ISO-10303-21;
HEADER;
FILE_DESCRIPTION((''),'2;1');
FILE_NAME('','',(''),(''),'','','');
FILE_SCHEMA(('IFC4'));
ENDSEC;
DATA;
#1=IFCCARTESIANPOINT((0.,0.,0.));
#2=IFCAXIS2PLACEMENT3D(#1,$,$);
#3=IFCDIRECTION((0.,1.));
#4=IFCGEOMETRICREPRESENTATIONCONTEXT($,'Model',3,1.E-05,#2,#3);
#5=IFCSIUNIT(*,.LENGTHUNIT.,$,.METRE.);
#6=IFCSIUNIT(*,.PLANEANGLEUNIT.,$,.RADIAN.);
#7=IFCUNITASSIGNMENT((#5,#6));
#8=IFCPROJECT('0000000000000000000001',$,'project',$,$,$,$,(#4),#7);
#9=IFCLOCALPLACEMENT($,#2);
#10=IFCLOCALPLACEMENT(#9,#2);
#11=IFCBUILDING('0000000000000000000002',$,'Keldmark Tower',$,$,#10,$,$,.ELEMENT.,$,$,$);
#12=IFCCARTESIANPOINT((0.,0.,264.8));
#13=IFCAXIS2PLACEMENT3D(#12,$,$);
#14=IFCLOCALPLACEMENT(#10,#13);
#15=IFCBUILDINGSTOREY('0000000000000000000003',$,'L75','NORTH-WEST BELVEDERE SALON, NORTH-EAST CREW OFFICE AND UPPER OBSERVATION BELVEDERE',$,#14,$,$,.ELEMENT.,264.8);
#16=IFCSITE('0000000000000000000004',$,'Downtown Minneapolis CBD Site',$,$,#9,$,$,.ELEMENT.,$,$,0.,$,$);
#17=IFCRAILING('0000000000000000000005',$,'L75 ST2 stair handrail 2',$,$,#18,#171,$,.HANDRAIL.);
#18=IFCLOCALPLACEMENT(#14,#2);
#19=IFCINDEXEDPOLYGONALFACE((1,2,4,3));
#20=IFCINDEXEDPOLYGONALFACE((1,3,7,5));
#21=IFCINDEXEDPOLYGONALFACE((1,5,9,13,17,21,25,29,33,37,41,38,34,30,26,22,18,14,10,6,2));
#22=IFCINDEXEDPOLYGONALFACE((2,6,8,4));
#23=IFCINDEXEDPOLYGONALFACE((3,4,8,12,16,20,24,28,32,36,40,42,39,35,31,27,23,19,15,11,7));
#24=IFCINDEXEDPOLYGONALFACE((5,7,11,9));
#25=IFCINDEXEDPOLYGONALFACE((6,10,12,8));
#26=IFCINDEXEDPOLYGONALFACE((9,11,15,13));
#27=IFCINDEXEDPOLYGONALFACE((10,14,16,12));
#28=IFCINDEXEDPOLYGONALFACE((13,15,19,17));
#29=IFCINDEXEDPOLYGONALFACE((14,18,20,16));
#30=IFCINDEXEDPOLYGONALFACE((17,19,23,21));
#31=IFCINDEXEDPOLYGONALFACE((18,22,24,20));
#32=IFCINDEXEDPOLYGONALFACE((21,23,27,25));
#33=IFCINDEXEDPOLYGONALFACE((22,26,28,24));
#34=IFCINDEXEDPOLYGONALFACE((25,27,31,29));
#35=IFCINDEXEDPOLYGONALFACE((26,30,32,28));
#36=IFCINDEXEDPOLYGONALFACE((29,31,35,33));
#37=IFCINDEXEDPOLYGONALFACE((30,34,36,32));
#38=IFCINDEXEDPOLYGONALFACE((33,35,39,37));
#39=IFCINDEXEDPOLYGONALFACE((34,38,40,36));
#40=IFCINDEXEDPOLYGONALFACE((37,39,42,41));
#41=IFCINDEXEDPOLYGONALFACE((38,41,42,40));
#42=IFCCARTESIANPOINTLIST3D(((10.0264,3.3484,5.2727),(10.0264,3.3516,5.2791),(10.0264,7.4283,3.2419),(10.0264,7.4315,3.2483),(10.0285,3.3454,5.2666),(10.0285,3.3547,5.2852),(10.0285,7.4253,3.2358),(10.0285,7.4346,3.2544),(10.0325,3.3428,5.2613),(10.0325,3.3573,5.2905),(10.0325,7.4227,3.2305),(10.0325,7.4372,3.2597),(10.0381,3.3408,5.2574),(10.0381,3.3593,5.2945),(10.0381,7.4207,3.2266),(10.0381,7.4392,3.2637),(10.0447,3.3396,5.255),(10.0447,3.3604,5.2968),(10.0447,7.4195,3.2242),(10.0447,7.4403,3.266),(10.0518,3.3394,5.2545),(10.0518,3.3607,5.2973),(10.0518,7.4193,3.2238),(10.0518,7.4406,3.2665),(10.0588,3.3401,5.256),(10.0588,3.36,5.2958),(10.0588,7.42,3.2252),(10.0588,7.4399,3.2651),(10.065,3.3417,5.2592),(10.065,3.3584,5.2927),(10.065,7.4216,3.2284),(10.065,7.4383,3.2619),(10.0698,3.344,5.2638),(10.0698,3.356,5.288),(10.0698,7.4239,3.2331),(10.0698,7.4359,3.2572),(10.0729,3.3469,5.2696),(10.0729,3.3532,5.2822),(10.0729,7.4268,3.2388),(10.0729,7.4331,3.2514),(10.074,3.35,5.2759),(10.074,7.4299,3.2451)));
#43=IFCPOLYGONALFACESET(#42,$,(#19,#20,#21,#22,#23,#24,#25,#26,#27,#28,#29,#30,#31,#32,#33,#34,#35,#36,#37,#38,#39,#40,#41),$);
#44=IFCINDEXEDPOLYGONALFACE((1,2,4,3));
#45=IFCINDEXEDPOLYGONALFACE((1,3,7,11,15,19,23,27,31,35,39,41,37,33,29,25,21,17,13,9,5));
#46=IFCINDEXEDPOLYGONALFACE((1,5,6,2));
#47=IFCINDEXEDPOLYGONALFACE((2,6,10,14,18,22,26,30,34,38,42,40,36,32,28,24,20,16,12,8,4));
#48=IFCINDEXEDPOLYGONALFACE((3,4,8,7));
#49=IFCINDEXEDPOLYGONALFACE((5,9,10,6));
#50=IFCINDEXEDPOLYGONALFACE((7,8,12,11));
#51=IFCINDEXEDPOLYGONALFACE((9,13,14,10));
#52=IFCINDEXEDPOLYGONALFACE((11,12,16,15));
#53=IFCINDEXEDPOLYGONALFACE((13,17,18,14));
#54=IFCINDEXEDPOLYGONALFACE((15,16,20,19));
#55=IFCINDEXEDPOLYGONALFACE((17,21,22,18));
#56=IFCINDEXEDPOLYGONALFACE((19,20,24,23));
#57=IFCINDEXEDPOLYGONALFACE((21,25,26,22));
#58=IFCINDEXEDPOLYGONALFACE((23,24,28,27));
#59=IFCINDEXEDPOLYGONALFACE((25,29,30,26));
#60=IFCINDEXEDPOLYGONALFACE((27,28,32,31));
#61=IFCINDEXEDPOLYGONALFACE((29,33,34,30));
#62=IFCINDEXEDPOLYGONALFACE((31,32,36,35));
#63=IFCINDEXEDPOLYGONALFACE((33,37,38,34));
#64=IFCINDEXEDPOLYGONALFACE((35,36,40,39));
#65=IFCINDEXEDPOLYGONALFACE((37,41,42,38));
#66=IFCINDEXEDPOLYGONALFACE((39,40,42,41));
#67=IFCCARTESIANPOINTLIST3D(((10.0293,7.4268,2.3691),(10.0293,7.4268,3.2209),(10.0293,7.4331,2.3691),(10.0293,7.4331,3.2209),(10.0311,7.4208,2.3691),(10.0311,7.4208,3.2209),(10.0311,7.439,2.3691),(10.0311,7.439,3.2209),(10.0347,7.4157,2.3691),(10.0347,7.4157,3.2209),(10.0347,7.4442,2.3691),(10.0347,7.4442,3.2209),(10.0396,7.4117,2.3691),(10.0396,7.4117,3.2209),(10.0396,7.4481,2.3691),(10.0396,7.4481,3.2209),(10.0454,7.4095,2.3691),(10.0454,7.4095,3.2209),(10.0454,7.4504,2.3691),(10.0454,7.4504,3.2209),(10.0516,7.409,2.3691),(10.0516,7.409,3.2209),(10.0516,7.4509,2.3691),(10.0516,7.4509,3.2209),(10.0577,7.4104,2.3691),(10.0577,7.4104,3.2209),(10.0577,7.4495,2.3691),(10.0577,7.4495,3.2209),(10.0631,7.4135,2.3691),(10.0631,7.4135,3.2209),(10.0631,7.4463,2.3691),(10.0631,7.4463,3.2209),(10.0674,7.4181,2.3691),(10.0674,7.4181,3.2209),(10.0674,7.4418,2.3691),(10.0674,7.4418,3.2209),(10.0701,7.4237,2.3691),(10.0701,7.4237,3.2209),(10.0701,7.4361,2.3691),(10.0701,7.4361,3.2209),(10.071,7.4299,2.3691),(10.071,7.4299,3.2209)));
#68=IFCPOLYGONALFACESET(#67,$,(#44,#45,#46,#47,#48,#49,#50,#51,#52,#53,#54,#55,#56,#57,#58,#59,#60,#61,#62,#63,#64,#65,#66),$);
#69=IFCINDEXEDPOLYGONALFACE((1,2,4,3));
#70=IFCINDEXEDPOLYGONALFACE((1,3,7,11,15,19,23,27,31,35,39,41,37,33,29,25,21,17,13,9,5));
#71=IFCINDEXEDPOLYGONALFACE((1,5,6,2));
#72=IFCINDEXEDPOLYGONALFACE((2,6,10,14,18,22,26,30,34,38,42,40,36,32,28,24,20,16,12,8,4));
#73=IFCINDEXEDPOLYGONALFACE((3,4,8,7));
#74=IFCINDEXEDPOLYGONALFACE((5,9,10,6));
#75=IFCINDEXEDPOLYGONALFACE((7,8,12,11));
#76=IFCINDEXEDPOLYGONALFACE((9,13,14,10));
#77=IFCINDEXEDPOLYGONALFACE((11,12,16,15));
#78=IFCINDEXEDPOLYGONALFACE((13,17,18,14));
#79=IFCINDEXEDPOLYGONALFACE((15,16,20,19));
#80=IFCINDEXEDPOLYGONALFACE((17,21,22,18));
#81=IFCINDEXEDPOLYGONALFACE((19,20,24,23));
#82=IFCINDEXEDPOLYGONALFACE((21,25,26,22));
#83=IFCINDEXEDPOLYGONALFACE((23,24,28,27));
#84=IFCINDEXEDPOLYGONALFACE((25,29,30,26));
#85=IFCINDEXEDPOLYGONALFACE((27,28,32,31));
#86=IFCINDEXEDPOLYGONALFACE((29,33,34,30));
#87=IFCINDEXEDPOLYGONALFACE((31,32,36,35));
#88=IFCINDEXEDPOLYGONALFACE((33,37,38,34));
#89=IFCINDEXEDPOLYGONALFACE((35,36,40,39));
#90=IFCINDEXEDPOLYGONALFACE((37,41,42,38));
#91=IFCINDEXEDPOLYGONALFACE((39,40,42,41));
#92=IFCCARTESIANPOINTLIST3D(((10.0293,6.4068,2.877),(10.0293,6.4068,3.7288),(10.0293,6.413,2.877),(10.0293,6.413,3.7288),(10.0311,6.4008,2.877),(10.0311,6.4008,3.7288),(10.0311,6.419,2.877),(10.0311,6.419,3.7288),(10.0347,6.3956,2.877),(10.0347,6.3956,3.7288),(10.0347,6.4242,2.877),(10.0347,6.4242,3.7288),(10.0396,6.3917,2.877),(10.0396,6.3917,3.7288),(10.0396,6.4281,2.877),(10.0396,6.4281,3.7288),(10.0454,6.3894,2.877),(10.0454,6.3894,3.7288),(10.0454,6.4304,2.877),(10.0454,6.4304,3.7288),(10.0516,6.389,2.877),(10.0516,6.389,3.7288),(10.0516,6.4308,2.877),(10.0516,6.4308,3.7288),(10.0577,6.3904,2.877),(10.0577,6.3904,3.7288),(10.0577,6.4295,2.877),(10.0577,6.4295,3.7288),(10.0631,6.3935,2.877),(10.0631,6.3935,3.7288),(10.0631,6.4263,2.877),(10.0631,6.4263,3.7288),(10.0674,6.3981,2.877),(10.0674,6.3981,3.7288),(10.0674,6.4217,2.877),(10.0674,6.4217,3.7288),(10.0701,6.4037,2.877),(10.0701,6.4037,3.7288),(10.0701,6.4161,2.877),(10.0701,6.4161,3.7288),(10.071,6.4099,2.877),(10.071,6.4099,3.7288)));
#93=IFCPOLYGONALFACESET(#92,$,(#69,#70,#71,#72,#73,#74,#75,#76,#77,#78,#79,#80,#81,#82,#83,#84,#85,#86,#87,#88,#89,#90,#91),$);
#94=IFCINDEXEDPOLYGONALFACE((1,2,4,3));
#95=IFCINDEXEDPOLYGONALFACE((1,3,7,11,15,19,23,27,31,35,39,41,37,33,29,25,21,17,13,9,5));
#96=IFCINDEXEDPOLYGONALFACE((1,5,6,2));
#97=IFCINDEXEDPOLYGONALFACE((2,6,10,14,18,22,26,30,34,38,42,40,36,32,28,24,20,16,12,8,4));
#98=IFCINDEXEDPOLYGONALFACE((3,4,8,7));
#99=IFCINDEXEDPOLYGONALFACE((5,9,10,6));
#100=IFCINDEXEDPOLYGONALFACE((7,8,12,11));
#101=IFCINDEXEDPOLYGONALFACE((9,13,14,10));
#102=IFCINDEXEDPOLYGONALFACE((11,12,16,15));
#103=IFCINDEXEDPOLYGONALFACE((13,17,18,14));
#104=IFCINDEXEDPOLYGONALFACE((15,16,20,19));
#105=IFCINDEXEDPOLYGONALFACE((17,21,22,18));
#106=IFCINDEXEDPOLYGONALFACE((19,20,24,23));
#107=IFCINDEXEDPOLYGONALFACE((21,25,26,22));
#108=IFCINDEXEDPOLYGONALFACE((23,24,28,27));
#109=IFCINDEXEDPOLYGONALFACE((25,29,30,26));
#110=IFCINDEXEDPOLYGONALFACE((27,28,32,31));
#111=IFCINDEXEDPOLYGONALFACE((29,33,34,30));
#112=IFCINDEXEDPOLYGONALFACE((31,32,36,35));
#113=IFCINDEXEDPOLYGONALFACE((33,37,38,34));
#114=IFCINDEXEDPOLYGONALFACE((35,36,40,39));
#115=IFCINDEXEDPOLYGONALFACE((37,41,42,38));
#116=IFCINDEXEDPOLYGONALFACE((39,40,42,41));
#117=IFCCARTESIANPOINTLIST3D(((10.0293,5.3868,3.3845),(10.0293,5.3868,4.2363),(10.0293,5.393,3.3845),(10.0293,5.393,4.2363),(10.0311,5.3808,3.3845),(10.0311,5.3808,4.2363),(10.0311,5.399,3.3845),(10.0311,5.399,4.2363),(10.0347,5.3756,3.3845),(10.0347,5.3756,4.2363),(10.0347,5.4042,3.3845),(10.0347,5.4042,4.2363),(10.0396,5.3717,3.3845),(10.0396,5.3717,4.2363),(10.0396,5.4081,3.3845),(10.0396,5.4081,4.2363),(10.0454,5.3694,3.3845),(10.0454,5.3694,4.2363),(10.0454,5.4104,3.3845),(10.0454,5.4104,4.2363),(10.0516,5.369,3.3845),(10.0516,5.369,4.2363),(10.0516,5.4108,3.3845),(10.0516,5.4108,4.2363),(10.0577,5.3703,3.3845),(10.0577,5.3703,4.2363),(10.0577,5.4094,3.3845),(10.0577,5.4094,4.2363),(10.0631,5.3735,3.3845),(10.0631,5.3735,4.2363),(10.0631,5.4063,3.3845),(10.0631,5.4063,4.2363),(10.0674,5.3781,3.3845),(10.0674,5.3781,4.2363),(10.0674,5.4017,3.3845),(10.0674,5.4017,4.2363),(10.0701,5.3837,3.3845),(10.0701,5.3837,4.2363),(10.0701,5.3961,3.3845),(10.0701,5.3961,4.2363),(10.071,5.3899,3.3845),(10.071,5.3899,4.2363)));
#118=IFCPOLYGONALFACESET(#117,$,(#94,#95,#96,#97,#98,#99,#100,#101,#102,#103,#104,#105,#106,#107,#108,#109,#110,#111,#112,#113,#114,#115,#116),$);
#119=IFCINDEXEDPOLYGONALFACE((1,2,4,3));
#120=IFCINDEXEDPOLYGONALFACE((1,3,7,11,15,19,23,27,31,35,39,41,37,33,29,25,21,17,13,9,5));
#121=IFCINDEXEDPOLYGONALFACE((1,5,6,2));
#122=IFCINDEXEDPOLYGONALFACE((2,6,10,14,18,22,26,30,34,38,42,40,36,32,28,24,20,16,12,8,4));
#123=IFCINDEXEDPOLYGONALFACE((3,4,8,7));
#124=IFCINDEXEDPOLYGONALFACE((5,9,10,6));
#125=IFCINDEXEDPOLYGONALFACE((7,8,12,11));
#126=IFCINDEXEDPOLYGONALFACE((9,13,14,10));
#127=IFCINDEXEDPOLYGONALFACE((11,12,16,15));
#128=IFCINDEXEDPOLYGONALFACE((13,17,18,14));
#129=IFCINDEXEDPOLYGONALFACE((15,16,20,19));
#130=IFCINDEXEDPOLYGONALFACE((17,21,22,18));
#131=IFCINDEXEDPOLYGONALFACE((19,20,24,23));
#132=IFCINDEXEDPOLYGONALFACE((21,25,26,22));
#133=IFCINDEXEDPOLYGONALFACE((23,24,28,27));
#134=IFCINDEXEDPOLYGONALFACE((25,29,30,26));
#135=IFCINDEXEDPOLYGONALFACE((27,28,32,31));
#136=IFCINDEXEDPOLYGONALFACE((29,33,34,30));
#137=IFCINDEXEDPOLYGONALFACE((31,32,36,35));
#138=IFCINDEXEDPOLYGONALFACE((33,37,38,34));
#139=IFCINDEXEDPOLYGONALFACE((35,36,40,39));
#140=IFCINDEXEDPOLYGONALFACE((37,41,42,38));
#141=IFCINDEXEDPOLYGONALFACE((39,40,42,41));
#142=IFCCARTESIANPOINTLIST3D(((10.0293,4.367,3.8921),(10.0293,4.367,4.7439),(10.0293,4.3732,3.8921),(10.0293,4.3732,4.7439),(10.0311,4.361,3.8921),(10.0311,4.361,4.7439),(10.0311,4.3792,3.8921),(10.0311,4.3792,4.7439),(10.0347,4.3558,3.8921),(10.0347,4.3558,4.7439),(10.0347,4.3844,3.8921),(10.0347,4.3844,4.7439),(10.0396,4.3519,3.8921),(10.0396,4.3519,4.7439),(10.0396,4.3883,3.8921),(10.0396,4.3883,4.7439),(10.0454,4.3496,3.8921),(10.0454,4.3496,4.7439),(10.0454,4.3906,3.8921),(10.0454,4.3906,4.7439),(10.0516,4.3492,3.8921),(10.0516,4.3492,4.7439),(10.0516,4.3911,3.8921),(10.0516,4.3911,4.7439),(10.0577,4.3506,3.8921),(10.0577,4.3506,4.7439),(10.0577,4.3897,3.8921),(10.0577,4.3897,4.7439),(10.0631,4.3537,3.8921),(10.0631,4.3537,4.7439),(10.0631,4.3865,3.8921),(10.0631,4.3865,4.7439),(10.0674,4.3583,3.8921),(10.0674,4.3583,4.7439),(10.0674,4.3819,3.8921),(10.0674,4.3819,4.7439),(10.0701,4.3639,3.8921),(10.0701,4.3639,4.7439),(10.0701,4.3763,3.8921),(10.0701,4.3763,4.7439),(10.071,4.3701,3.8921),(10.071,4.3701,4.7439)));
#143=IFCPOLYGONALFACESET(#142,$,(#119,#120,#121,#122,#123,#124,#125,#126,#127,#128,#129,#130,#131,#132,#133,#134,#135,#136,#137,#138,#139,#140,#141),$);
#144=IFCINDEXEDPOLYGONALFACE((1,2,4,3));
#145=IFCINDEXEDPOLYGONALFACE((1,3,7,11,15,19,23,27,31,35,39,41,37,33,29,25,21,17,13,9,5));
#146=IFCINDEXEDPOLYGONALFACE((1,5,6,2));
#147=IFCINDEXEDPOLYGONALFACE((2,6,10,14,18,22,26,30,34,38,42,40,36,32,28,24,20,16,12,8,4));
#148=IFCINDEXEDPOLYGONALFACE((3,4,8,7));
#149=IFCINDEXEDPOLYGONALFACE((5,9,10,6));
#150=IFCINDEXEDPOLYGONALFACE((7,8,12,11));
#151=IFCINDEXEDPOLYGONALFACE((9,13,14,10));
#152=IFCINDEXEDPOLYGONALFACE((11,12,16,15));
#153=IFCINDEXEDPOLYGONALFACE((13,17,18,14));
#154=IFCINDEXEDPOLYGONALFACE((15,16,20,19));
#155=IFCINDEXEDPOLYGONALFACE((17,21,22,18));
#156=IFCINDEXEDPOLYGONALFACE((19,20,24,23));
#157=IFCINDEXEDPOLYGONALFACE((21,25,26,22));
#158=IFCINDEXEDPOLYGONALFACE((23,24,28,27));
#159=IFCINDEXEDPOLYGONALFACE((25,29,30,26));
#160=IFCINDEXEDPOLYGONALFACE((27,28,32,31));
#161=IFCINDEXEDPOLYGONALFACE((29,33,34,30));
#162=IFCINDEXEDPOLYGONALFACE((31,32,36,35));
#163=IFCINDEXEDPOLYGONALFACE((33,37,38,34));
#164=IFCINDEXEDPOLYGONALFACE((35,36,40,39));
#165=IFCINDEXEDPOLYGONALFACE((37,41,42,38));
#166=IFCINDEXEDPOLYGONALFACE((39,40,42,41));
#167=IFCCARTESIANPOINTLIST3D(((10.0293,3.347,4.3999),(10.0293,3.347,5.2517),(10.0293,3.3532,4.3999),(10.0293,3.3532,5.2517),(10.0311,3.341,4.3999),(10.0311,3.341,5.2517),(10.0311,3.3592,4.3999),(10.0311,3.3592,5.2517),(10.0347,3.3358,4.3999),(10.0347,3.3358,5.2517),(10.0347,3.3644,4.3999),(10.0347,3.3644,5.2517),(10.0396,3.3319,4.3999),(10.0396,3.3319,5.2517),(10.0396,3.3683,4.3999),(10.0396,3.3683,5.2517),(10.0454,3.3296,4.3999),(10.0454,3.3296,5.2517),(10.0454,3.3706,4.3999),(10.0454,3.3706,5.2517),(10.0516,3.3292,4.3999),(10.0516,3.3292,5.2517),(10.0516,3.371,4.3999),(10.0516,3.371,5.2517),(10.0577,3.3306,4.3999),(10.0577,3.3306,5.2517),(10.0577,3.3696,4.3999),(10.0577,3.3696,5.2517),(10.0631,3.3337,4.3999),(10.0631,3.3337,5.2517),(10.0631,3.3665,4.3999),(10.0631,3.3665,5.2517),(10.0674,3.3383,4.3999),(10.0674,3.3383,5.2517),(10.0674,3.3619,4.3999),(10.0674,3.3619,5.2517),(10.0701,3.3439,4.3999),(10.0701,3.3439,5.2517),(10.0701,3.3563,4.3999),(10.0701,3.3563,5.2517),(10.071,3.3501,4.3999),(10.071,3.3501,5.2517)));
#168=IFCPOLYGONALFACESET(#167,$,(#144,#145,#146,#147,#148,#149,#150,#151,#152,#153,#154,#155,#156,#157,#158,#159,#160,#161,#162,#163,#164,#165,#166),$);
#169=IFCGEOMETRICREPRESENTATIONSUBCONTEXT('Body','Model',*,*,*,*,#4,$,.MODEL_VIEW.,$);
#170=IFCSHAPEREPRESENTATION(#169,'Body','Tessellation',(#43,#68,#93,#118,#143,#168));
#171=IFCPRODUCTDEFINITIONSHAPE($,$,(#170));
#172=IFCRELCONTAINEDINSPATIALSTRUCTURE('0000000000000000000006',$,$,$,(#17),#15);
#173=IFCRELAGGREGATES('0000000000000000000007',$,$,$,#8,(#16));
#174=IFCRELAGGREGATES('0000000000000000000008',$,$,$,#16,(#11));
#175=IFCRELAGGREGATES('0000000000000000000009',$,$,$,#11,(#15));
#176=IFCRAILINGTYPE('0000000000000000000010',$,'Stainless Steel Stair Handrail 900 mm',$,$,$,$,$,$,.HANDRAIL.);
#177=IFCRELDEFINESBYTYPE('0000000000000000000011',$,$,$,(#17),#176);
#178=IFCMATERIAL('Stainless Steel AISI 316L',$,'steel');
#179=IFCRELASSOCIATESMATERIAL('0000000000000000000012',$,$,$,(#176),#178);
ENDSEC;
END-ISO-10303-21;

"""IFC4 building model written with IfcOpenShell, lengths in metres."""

from ifc_helpers import new_model, si_unit, direction, frame, origin, origin_2d, place, context, subcontext, project, spatial, circle, extrude, material, type_object, element, save


model = new_model("IFC4")

# Units and contexts
model_context = context("Model", 3, precision=1e-05, world=origin(), true_north=direction((0.0, 1.0)))
body_context = subcontext(model_context, "Body", "Model", "MODEL_VIEW")
ifc_project = project(units=[si_unit("LENGTHUNIT", "METRE"), si_unit("PLANEANGLEUNIT", "RADIAN")], contexts=[model_context])

# Site, building, storey
site_placement = place(None, origin())
site = spatial("IfcSite", under=ifc_project, at=site_placement, Name="Downtown Minneapolis CBD Site", CompositionType="ELEMENT", RefElevation=0.0)
building_placement = place(site_placement, origin())
building = spatial("IfcBuilding", under=site, at=building_placement, Name="Keldmark Tower", CompositionType="ELEMENT")
storey_placement = place(building_placement, frame((0.0, 0.0, 264.8)))
storey = spatial("IfcBuildingStorey", under=building, at=storey_placement, Name="L75", Description="NORTH-WEST BELVEDERE SALON, NORTH-EAST CREW OFFICE AND UPPER OBSERVATION BELVEDERE", CompositionType="ELEMENT", Elevation=264.8)

# Railing
ifc_material_1 = material(Name="Stainless Steel AISI 316L", Category="steel")
railing_type = type_object("IfcRailingType", Name="Stainless Steel Stair Handrail 900 mm", PredefinedType="HANDRAIL", material=ifc_material_1)
railing_placement = place(storey_placement, frame((10.05, 7.4299, 2.3691)))
element("IfcRailing", 1, at=railing_placement, inside=storey, type_object=railing_type, Name="L75 ST2 stair handrail 2", PredefinedType="HANDRAIL", context=body_context, shape_type="SweptSolid", body=[
    extrude(circle(Radius=0.0239, at=origin_2d()), frame((0.0, 0.0, 0.876), z_axis=(0.0, -0.895229, 0.445606), x_axis=(1.0, 0.0, 0.0)), (0.0, 0.0, 1.0), 4.5574),
    extrude(circle(Radius=0.021, at=origin_2d()), origin(), (0.0, 0.0, 1.0), 0.8518),
    extrude(circle(Radius=0.021, at=origin_2d()), frame((0.0, -1.02, 0.5078)), (0.0, 0.0, 1.0), 0.8518),
    extrude(circle(Radius=0.021, at=origin_2d()), frame((0.0, -2.04, 1.0154)), (0.0, 0.0, 1.0), 0.8518),
    extrude(circle(Radius=0.021, at=origin_2d()), frame((0.0, -3.0598, 1.5229)), (0.0, 0.0, 1.0), 0.8518),
    extrude(circle(Radius=0.021, at=origin_2d()), frame((0.0, -4.0798, 2.0308)), (0.0, 0.0, 1.0), 0.8518),
])

save(model, "model.ifc")
